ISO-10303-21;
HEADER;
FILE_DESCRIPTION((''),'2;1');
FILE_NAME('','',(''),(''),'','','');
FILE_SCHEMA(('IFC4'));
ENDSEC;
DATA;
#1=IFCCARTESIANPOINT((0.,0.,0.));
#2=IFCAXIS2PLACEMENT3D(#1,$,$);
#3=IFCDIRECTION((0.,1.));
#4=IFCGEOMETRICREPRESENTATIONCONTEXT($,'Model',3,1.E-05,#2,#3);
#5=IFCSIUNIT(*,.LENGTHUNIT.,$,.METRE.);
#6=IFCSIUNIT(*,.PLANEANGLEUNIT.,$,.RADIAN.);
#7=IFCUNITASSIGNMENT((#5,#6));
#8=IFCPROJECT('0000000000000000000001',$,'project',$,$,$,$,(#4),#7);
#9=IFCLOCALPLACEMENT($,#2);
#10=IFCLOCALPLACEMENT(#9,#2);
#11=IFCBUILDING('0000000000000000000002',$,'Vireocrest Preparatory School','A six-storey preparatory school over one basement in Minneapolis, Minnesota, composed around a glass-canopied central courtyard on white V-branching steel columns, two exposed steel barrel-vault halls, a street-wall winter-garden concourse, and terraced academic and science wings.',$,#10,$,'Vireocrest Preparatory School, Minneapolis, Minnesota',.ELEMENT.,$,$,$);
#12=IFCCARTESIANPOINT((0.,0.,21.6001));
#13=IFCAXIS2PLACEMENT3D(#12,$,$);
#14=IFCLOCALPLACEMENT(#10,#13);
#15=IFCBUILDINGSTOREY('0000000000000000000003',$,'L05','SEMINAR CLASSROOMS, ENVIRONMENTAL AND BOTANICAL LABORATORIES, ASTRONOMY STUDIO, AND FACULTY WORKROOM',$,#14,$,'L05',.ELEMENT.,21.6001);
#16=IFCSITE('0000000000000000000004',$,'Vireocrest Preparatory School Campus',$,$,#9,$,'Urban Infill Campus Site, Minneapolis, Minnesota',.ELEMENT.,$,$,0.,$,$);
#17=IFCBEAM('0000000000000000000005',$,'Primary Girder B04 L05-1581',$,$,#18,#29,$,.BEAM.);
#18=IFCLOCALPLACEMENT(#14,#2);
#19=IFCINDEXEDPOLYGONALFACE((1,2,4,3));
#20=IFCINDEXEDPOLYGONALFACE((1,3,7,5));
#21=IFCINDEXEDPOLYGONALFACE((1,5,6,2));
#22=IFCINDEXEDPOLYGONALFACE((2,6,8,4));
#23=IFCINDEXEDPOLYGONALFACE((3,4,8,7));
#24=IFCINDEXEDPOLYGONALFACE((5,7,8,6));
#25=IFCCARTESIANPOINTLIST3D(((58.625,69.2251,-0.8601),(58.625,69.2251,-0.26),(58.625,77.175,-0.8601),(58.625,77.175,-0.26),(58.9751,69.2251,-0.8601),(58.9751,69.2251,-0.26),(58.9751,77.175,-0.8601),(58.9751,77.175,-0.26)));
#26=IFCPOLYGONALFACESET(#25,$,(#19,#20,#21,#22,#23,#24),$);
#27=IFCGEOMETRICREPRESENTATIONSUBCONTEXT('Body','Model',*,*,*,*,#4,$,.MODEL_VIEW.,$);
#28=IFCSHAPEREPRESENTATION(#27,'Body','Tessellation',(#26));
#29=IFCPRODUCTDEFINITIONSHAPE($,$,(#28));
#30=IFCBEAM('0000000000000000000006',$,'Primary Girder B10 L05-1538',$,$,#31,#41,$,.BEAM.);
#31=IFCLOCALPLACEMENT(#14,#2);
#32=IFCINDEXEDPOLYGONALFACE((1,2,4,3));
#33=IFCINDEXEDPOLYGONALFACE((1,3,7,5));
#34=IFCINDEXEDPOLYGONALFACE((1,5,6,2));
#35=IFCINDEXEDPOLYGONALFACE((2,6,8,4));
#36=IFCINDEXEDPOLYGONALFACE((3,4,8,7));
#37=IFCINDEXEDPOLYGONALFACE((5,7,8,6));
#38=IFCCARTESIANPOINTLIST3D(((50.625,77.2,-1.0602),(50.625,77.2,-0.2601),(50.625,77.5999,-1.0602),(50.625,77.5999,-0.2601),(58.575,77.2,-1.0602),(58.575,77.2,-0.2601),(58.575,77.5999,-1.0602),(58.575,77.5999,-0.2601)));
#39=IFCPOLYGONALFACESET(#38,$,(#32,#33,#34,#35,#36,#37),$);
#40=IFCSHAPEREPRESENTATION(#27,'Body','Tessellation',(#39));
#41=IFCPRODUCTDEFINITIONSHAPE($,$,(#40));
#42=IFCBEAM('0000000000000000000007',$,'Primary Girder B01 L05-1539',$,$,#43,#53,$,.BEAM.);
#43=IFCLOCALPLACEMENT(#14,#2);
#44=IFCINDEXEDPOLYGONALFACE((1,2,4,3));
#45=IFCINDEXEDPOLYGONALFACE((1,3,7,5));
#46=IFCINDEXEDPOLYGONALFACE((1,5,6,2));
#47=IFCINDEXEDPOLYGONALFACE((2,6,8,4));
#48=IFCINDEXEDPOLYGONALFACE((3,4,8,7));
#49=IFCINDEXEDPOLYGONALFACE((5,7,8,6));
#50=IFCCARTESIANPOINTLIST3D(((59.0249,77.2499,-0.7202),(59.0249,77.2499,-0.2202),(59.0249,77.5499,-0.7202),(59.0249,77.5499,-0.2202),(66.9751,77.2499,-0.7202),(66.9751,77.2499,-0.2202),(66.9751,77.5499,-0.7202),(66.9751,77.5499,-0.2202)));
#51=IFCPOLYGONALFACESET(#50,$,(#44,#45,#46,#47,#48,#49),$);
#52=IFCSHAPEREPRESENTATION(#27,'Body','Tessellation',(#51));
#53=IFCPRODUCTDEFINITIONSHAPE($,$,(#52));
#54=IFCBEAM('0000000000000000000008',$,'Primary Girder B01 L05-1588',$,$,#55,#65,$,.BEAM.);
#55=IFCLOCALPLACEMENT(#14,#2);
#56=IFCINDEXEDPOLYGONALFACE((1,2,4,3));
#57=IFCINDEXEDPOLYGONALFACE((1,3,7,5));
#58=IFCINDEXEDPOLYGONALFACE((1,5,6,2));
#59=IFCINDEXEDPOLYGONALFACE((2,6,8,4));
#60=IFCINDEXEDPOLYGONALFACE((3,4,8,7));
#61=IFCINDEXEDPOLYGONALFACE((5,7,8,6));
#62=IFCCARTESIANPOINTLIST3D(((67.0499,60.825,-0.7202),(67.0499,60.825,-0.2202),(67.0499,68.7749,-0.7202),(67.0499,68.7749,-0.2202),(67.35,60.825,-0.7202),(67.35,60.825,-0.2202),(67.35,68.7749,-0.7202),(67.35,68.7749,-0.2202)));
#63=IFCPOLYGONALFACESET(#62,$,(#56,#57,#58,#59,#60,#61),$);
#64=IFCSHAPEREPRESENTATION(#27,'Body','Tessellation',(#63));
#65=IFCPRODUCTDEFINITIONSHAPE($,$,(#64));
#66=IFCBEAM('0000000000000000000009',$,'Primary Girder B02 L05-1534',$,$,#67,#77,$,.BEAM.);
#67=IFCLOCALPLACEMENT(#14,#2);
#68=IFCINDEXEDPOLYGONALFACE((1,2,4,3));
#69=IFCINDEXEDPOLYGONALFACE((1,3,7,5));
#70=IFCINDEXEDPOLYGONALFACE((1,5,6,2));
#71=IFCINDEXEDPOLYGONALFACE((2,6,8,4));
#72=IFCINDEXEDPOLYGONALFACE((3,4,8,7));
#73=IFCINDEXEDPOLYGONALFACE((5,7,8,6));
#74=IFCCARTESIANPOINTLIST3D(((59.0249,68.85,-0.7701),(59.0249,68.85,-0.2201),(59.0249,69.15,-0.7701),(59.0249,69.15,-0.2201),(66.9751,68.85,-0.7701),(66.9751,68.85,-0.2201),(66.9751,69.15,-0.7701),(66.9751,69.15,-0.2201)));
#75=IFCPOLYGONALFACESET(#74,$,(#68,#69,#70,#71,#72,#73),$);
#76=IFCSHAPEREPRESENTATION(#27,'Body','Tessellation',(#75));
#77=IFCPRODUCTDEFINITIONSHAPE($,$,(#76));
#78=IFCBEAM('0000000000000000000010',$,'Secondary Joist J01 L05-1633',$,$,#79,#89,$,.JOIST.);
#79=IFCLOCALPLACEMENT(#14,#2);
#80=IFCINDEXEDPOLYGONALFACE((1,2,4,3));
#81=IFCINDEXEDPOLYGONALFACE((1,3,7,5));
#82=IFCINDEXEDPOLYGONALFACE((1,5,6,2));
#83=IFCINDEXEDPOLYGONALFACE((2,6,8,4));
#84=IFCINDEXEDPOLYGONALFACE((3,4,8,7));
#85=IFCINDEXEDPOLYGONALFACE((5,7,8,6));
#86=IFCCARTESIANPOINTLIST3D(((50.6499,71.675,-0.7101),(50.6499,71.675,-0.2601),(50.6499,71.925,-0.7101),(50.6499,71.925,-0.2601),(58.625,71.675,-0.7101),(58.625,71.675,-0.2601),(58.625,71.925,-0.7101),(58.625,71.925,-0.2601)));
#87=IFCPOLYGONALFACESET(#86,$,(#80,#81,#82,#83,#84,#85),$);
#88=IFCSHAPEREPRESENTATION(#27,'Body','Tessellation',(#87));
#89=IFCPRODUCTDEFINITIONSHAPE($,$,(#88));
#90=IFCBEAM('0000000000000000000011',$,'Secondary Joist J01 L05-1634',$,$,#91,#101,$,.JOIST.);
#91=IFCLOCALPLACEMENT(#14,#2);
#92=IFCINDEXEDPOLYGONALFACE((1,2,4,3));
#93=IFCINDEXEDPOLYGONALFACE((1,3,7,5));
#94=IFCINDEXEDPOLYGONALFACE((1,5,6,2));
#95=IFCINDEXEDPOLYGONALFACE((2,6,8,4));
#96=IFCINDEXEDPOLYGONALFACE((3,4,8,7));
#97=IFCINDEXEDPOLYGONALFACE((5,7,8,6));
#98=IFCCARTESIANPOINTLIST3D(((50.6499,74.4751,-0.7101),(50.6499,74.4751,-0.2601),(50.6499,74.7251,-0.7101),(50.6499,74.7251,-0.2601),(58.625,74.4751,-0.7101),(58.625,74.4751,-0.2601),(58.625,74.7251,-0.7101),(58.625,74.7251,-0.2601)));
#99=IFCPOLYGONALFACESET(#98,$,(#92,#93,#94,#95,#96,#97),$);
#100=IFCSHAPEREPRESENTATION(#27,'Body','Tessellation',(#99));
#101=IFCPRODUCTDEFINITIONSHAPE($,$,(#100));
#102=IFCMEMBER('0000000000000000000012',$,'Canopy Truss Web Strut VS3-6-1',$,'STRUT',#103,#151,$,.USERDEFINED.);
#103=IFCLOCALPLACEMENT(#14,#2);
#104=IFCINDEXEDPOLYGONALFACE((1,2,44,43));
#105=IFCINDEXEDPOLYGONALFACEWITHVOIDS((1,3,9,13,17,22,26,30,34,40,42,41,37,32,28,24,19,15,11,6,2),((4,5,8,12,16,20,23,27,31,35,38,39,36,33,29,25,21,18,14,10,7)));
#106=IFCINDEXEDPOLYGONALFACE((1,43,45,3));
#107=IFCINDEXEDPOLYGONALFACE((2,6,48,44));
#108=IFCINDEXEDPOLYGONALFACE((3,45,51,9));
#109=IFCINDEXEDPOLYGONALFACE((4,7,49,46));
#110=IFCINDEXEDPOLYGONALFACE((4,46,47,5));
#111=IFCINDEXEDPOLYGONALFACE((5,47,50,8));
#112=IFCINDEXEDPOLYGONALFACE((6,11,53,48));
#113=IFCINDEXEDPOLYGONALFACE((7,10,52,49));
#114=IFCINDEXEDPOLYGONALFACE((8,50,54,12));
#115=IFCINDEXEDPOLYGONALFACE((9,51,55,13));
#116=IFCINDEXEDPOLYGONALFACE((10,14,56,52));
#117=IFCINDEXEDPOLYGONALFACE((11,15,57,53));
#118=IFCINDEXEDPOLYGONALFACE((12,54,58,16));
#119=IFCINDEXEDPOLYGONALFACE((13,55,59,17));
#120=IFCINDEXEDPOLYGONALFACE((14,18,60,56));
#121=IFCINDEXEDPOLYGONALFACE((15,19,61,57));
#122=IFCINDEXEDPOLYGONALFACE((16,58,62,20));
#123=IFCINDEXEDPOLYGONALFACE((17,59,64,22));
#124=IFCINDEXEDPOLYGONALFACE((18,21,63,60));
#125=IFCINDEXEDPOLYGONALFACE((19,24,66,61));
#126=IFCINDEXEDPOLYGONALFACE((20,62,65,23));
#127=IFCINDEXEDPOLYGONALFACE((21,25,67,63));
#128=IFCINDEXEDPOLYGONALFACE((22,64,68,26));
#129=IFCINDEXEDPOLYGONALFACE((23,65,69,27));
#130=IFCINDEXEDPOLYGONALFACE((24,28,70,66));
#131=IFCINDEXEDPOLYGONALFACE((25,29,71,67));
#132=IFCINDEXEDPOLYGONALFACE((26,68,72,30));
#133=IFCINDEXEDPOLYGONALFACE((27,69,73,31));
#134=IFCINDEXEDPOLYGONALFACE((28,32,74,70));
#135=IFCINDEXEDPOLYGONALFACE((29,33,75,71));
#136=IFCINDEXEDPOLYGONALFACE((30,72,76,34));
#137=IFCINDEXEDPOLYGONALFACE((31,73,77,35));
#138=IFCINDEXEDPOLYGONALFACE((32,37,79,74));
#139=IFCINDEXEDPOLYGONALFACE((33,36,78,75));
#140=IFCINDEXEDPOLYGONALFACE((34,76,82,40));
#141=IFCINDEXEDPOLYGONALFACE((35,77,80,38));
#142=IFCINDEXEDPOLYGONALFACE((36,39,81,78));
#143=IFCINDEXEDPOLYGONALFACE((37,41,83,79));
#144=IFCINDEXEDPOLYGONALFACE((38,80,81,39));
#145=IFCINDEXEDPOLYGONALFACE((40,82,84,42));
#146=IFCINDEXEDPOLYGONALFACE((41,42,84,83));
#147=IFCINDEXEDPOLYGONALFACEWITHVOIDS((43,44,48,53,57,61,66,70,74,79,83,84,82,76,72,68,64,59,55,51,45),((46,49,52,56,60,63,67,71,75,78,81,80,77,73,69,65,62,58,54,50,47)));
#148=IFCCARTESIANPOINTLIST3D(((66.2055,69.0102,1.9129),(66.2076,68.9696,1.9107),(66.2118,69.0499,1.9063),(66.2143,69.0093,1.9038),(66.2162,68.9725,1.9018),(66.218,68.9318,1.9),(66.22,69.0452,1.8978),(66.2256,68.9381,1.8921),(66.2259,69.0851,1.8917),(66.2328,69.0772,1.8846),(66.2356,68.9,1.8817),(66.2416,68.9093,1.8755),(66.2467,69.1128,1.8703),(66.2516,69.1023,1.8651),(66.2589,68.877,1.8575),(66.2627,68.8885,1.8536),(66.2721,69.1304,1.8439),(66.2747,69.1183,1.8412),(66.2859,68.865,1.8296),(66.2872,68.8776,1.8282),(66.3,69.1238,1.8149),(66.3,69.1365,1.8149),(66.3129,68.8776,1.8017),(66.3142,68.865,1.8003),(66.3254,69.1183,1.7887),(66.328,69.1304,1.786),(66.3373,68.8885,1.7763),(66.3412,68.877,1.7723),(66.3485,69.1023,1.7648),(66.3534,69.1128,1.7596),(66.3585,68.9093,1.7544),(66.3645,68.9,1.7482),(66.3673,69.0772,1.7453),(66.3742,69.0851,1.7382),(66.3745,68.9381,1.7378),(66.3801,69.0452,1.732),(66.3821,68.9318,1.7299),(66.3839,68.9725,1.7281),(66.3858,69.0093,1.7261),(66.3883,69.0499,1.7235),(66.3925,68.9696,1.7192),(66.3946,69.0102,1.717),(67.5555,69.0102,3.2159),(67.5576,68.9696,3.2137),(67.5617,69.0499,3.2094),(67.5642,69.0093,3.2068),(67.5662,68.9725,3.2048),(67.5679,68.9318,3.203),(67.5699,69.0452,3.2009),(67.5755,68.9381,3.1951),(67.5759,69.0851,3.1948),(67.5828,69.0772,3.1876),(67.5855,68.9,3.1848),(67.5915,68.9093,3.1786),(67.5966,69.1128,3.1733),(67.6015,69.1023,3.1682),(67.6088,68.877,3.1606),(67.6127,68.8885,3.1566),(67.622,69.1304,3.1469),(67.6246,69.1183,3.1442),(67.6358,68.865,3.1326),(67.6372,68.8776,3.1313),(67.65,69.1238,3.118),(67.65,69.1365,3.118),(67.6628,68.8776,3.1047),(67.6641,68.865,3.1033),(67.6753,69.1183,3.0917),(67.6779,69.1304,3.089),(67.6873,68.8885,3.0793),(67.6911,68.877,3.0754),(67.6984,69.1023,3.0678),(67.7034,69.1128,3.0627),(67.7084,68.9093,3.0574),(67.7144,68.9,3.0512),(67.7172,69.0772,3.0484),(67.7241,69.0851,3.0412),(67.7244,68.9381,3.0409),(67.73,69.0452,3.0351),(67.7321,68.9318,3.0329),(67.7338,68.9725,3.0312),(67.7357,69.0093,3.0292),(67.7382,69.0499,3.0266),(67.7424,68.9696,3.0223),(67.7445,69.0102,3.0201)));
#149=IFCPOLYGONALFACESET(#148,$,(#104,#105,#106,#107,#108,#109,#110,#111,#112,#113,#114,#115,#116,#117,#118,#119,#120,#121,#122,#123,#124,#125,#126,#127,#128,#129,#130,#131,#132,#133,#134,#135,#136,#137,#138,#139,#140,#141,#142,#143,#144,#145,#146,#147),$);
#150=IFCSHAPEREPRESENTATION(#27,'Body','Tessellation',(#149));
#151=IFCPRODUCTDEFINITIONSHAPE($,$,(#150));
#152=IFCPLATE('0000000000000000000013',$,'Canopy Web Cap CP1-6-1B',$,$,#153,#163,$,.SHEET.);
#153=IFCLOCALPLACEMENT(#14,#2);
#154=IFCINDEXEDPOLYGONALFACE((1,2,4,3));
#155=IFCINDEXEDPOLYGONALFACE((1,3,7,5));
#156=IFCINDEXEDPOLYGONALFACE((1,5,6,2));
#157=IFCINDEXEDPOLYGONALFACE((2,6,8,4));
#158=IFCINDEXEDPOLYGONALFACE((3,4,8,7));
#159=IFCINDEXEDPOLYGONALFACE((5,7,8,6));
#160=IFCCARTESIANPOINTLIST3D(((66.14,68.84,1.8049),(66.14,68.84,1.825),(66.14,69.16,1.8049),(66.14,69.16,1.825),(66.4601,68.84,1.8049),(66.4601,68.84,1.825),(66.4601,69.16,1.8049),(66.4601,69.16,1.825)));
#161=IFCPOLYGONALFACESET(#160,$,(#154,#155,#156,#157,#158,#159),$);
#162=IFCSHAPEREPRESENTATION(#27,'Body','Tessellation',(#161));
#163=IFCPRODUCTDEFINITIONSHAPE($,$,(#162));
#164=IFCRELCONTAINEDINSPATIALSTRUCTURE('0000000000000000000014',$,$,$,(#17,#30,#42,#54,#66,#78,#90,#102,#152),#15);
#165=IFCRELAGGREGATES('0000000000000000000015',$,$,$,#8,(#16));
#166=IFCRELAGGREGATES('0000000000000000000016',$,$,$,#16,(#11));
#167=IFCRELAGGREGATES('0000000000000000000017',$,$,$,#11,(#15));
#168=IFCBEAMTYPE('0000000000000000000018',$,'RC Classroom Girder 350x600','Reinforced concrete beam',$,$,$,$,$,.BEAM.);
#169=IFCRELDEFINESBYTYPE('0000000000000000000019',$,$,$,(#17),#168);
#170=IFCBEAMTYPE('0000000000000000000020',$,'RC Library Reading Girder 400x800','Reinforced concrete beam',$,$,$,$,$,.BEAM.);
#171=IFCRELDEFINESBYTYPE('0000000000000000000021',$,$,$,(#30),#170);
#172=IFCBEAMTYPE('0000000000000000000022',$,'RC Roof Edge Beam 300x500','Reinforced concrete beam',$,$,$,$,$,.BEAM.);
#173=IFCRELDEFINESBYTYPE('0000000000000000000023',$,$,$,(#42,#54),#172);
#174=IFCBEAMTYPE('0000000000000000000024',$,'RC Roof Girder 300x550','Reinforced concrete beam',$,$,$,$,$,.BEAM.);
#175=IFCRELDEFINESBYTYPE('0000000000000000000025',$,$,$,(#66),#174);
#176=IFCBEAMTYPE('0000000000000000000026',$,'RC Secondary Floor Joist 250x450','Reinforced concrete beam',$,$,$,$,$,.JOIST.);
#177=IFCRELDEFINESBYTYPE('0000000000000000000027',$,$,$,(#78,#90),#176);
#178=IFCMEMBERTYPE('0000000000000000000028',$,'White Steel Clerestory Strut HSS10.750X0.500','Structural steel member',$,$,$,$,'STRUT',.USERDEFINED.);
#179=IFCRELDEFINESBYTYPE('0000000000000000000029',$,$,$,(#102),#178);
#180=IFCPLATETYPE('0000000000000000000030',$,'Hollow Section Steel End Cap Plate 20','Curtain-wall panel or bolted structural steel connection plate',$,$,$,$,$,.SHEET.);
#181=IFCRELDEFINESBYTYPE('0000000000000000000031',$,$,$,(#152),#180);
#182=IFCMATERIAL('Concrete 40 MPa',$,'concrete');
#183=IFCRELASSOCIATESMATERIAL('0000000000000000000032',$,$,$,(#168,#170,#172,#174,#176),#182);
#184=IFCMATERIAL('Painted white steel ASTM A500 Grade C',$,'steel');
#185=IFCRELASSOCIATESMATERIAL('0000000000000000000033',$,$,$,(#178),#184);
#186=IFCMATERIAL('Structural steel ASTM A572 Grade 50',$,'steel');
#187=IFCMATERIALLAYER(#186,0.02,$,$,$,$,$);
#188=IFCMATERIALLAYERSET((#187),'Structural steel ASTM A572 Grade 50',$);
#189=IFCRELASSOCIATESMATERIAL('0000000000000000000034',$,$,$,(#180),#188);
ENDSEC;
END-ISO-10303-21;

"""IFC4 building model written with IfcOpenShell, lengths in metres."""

from ifc_helpers import new_model, si_unit, direction, frame, origin, origin_2d, place, context, subcontext, project, spatial, rectangle, hollow_circle, extrude, material, layer, layer_set, material_profile, profile_set, type_object, element, save


model = new_model("IFC4")

# Units and contexts
model_context = context("Model", 3, precision=1e-05, world=origin(), true_north=direction((0.0, 1.0)))
body_context = subcontext(model_context, "Body", "Model", "MODEL_VIEW")
ifc_project = project(units=[si_unit("LENGTHUNIT", "METRE"), si_unit("PLANEANGLEUNIT", "RADIAN")], contexts=[model_context])

# Site, building, storey
site_placement = place(None, origin())
site = spatial("IfcSite", under=ifc_project, at=site_placement, Name="Vireocrest Preparatory School Campus", LongName="Urban Infill Campus Site, Minneapolis, Minnesota", CompositionType="ELEMENT", RefElevation=0.0)
building_placement = place(site_placement, origin())
building = spatial("IfcBuilding", under=site, at=building_placement, Name="Vireocrest Preparatory School", Description="A six-storey preparatory school over one basement in Minneapolis, Minnesota, composed around a glass-canopied central courtyard on white V-branching steel columns, two exposed steel barrel-vault halls, a street-wall winter-garden concourse, and terraced academic and science wings.", LongName="Vireocrest Preparatory School, Minneapolis, Minnesota", CompositionType="ELEMENT")
storey_placement = place(building_placement, frame((0.0, 0.0, 21.6001)))
storey = spatial("IfcBuildingStorey", under=building, at=storey_placement, Name="L05", Description="SEMINAR CLASSROOMS, ENVIRONMENTAL AND BOTANICAL LABORATORIES, ASTRONOMY STUDIO, AND FACULTY WORKROOM", LongName="L05", CompositionType="ELEMENT", Elevation=21.6001)

# Beams
ifc_material_1 = material(Name="Concrete 40 MPa", Category="concrete")
ifc_material_profile_1 = material_profile(ifc_material_1, rectangle(XDim=0.3501, YDim=0.6001, at=origin_2d()), Name="RC 350x600")
ifc_profile_set_1 = profile_set([ifc_material_profile_1], Name="Concrete 40 MPa")
beam_type_1 = type_object("IfcBeamType", Name="RC Classroom Girder 350x600", Description="Reinforced concrete beam", PredefinedType="BEAM", material=ifc_profile_set_1)
beam_1_placement = place(storey_placement, frame((58.8, 69.2251, -0.5601), z_axis=(0.0, 1.0, 0.0), x_axis=(-1.0, 0.0, 0.0)))
element("IfcBeam", 1, at=beam_1_placement, inside=storey, type_object=beam_type_1, Name="Primary Girder B04 L05-1581", PredefinedType="BEAM", context=body_context, shape_type="SweptSolid", body=[
    extrude(rectangle(XDim=0.3501, YDim=0.6001, at=origin_2d()), origin(), (0.0, 0.0, 1.0), 7.95),
])
ifc_material_profile_2 = material_profile(ifc_material_1, rectangle(XDim=0.3999, YDim=0.8, at=origin_2d()), Name="RC 400x800")
ifc_profile_set_2 = profile_set([ifc_material_profile_2], Name="Concrete 40 MPa")
beam_type_2 = type_object("IfcBeamType", Name="RC Library Reading Girder 400x800", Description="Reinforced concrete beam", PredefinedType="BEAM", material=ifc_profile_set_2)
beam_2_placement = place(storey_placement, frame((50.625, 77.3999, -0.6602), z_axis=(1.0, 0.0, 0.0), x_axis=(0.0, 1.0, 0.0)))
element("IfcBeam", 2, at=beam_2_placement, inside=storey, type_object=beam_type_2, Name="Primary Girder B10 L05-1538", PredefinedType="BEAM", context=body_context, shape_type="SweptSolid", body=[
    extrude(rectangle(XDim=0.3999, YDim=0.8, at=origin_2d()), origin(), (0.0, 0.0, 1.0), 7.95),
])
ifc_material_profile_3 = material_profile(ifc_material_1, rectangle(XDim=0.3, YDim=0.5, at=origin_2d()), Name="RC 300x500")
ifc_profile_set_3 = profile_set([ifc_material_profile_3], Name="Concrete 40 MPa")
beam_type_3 = type_object("IfcBeamType", Name="RC Roof Edge Beam 300x500", Description="Reinforced concrete beam", PredefinedType="BEAM", material=ifc_profile_set_3)
beam_3_placement = place(storey_placement, frame((59.0249, 77.3999, -0.4702), z_axis=(1.0, 0.0, 0.0), x_axis=(0.0, 1.0, 0.0)))
element("IfcBeam", 3, at=beam_3_placement, inside=storey, type_object=beam_type_3, Name="Primary Girder B01 L05-1539", PredefinedType="BEAM", context=body_context, shape_type="SweptSolid", body=[
    extrude(rectangle(XDim=0.3, YDim=0.5, at=origin_2d()), origin(), (0.0, 0.0, 1.0), 7.9502),
])
beam_4_placement = place(storey_placement, frame((67.2, 60.825, -0.4702), z_axis=(0.0, 1.0, 0.0), x_axis=(-1.0, 0.0, 0.0)))
element("IfcBeam", 4, at=beam_4_placement, inside=storey, type_object=beam_type_3, Name="Primary Girder B01 L05-1588", PredefinedType="BEAM", context=body_context, shape_type="SweptSolid", body=[
    extrude(rectangle(XDim=0.3, YDim=0.5, at=origin_2d()), origin(), (0.0, 0.0, 1.0), 7.95),
])
ifc_material_profile_4 = material_profile(ifc_material_1, rectangle(XDim=0.3, YDim=0.55, at=origin_2d()), Name="RC 300x550")
ifc_profile_set_4 = profile_set([ifc_material_profile_4], Name="Concrete 40 MPa")
beam_type_4 = type_object("IfcBeamType", Name="RC Roof Girder 300x550", Description="Reinforced concrete beam", PredefinedType="BEAM", material=ifc_profile_set_4)
beam_5_placement = place(storey_placement, frame((59.0249, 69.0, -0.4951), z_axis=(1.0, 0.0, 0.0), x_axis=(0.0, 1.0, 0.0)))
element("IfcBeam", 5, at=beam_5_placement, inside=storey, type_object=beam_type_4, Name="Primary Girder B02 L05-1534", PredefinedType="BEAM", context=body_context, shape_type="SweptSolid", body=[
    extrude(rectangle(XDim=0.3, YDim=0.55, at=origin_2d()), origin(), (0.0, 0.0, 1.0), 7.9502),
])
ifc_material_profile_5 = material_profile(ifc_material_1, rectangle(XDim=0.25, YDim=0.45, at=origin_2d()), Name="RC 250x450")
ifc_profile_set_5 = profile_set([ifc_material_profile_5], Name="Concrete 40 MPa")
beam_type_5 = type_object("IfcBeamType", Name="RC Secondary Floor Joist 250x450", Description="Reinforced concrete beam", PredefinedType="JOIST", material=ifc_profile_set_5)
for number, where, z_axis, x_axis, name in (
    (6, (50.6499, 71.8, -0.4851), (1.0, 0.0, 0.0), (0.0, 1.0, 0.0), "Secondary Joist J01 L05-1633"),
    (7, (50.6499, 74.6001, -0.4851), (1.0, 0.0, 0.0), (0.0, 1.0, 0.0), "Secondary Joist J01 L05-1634"),
):
    element("IfcBeam", number, at=place(storey_placement, frame(where, z_axis=z_axis, x_axis=x_axis)), inside=storey, type_object=beam_type_5, Name=name, PredefinedType="JOIST", context=body_context, shape_type="SweptSolid", body=[
        extrude(rectangle(XDim=0.25, YDim=0.45, at=origin_2d()), origin(), (0.0, 0.0, 1.0), 7.9751),
    ])

# Member
ifc_material_2 = material(Name="Painted white steel ASTM A500 Grade C", Category="steel")
ifc_material_profile_6 = material_profile(ifc_material_2, hollow_circle(Radius=0.1365, WallThickness=0.0127, at=origin_2d()), Name="HSS10.750X0.500")
ifc_profile_set_6 = profile_set([ifc_material_profile_6], Name="Painted white steel ASTM A500 Grade C")
member_type = type_object("IfcMemberType", Name="White Steel Clerestory Strut HSS10.750X0.500", Description="Structural steel member", ElementType="STRUT", PredefinedType="USERDEFINED", material=ifc_profile_set_6)
member_placement = place(storey_placement, frame((66.3, 69.0, 1.8149), z_axis=(0.719489, 0.0, 0.694504), x_axis=(0.0, 1.0, 0.0)))
element("IfcMember", 8, at=member_placement, inside=storey, type_object=member_type, Name="Canopy Truss Web Strut VS3-6-1", ObjectType="STRUT", PredefinedType="USERDEFINED", context=body_context, shape_type="SweptSolid", body=[
    extrude(hollow_circle(Radius=0.1365, WallThickness=0.0127, at=origin_2d()), origin(), (0.0, 0.0, 1.0), 1.8762),
])

# Plate
ifc_material_3 = material(Name="Structural steel ASTM A572 Grade 50", Category="steel")
ifc_layer_1 = layer(ifc_material_3, 0.02)
ifc_layer_set_1 = layer_set([ifc_layer_1], Name="Structural steel ASTM A572 Grade 50")
plate_type = type_object("IfcPlateType", Name="Hollow Section Steel End Cap Plate 20", Description="Curtain-wall panel or bolted structural steel connection plate", PredefinedType="SHEET", material=ifc_layer_set_1)
plate_placement = place(storey_placement, frame((66.3, 69.0, 1.8049), z_axis=(0.0, 0.0, 1.0), x_axis=(1.0, 0.0, 0.0)))
element("IfcPlate", 9, at=plate_placement, inside=storey, type_object=plate_type, Name="Canopy Web Cap CP1-6-1B", PredefinedType="SHEET", context=body_context, shape_type="SweptSolid", body=[
    extrude(rectangle(XDim=0.3201, YDim=0.3201, at=origin_2d()), origin(), (0.0, 0.0, 1.0), 0.02),
])

save(model, "model.ifc")
